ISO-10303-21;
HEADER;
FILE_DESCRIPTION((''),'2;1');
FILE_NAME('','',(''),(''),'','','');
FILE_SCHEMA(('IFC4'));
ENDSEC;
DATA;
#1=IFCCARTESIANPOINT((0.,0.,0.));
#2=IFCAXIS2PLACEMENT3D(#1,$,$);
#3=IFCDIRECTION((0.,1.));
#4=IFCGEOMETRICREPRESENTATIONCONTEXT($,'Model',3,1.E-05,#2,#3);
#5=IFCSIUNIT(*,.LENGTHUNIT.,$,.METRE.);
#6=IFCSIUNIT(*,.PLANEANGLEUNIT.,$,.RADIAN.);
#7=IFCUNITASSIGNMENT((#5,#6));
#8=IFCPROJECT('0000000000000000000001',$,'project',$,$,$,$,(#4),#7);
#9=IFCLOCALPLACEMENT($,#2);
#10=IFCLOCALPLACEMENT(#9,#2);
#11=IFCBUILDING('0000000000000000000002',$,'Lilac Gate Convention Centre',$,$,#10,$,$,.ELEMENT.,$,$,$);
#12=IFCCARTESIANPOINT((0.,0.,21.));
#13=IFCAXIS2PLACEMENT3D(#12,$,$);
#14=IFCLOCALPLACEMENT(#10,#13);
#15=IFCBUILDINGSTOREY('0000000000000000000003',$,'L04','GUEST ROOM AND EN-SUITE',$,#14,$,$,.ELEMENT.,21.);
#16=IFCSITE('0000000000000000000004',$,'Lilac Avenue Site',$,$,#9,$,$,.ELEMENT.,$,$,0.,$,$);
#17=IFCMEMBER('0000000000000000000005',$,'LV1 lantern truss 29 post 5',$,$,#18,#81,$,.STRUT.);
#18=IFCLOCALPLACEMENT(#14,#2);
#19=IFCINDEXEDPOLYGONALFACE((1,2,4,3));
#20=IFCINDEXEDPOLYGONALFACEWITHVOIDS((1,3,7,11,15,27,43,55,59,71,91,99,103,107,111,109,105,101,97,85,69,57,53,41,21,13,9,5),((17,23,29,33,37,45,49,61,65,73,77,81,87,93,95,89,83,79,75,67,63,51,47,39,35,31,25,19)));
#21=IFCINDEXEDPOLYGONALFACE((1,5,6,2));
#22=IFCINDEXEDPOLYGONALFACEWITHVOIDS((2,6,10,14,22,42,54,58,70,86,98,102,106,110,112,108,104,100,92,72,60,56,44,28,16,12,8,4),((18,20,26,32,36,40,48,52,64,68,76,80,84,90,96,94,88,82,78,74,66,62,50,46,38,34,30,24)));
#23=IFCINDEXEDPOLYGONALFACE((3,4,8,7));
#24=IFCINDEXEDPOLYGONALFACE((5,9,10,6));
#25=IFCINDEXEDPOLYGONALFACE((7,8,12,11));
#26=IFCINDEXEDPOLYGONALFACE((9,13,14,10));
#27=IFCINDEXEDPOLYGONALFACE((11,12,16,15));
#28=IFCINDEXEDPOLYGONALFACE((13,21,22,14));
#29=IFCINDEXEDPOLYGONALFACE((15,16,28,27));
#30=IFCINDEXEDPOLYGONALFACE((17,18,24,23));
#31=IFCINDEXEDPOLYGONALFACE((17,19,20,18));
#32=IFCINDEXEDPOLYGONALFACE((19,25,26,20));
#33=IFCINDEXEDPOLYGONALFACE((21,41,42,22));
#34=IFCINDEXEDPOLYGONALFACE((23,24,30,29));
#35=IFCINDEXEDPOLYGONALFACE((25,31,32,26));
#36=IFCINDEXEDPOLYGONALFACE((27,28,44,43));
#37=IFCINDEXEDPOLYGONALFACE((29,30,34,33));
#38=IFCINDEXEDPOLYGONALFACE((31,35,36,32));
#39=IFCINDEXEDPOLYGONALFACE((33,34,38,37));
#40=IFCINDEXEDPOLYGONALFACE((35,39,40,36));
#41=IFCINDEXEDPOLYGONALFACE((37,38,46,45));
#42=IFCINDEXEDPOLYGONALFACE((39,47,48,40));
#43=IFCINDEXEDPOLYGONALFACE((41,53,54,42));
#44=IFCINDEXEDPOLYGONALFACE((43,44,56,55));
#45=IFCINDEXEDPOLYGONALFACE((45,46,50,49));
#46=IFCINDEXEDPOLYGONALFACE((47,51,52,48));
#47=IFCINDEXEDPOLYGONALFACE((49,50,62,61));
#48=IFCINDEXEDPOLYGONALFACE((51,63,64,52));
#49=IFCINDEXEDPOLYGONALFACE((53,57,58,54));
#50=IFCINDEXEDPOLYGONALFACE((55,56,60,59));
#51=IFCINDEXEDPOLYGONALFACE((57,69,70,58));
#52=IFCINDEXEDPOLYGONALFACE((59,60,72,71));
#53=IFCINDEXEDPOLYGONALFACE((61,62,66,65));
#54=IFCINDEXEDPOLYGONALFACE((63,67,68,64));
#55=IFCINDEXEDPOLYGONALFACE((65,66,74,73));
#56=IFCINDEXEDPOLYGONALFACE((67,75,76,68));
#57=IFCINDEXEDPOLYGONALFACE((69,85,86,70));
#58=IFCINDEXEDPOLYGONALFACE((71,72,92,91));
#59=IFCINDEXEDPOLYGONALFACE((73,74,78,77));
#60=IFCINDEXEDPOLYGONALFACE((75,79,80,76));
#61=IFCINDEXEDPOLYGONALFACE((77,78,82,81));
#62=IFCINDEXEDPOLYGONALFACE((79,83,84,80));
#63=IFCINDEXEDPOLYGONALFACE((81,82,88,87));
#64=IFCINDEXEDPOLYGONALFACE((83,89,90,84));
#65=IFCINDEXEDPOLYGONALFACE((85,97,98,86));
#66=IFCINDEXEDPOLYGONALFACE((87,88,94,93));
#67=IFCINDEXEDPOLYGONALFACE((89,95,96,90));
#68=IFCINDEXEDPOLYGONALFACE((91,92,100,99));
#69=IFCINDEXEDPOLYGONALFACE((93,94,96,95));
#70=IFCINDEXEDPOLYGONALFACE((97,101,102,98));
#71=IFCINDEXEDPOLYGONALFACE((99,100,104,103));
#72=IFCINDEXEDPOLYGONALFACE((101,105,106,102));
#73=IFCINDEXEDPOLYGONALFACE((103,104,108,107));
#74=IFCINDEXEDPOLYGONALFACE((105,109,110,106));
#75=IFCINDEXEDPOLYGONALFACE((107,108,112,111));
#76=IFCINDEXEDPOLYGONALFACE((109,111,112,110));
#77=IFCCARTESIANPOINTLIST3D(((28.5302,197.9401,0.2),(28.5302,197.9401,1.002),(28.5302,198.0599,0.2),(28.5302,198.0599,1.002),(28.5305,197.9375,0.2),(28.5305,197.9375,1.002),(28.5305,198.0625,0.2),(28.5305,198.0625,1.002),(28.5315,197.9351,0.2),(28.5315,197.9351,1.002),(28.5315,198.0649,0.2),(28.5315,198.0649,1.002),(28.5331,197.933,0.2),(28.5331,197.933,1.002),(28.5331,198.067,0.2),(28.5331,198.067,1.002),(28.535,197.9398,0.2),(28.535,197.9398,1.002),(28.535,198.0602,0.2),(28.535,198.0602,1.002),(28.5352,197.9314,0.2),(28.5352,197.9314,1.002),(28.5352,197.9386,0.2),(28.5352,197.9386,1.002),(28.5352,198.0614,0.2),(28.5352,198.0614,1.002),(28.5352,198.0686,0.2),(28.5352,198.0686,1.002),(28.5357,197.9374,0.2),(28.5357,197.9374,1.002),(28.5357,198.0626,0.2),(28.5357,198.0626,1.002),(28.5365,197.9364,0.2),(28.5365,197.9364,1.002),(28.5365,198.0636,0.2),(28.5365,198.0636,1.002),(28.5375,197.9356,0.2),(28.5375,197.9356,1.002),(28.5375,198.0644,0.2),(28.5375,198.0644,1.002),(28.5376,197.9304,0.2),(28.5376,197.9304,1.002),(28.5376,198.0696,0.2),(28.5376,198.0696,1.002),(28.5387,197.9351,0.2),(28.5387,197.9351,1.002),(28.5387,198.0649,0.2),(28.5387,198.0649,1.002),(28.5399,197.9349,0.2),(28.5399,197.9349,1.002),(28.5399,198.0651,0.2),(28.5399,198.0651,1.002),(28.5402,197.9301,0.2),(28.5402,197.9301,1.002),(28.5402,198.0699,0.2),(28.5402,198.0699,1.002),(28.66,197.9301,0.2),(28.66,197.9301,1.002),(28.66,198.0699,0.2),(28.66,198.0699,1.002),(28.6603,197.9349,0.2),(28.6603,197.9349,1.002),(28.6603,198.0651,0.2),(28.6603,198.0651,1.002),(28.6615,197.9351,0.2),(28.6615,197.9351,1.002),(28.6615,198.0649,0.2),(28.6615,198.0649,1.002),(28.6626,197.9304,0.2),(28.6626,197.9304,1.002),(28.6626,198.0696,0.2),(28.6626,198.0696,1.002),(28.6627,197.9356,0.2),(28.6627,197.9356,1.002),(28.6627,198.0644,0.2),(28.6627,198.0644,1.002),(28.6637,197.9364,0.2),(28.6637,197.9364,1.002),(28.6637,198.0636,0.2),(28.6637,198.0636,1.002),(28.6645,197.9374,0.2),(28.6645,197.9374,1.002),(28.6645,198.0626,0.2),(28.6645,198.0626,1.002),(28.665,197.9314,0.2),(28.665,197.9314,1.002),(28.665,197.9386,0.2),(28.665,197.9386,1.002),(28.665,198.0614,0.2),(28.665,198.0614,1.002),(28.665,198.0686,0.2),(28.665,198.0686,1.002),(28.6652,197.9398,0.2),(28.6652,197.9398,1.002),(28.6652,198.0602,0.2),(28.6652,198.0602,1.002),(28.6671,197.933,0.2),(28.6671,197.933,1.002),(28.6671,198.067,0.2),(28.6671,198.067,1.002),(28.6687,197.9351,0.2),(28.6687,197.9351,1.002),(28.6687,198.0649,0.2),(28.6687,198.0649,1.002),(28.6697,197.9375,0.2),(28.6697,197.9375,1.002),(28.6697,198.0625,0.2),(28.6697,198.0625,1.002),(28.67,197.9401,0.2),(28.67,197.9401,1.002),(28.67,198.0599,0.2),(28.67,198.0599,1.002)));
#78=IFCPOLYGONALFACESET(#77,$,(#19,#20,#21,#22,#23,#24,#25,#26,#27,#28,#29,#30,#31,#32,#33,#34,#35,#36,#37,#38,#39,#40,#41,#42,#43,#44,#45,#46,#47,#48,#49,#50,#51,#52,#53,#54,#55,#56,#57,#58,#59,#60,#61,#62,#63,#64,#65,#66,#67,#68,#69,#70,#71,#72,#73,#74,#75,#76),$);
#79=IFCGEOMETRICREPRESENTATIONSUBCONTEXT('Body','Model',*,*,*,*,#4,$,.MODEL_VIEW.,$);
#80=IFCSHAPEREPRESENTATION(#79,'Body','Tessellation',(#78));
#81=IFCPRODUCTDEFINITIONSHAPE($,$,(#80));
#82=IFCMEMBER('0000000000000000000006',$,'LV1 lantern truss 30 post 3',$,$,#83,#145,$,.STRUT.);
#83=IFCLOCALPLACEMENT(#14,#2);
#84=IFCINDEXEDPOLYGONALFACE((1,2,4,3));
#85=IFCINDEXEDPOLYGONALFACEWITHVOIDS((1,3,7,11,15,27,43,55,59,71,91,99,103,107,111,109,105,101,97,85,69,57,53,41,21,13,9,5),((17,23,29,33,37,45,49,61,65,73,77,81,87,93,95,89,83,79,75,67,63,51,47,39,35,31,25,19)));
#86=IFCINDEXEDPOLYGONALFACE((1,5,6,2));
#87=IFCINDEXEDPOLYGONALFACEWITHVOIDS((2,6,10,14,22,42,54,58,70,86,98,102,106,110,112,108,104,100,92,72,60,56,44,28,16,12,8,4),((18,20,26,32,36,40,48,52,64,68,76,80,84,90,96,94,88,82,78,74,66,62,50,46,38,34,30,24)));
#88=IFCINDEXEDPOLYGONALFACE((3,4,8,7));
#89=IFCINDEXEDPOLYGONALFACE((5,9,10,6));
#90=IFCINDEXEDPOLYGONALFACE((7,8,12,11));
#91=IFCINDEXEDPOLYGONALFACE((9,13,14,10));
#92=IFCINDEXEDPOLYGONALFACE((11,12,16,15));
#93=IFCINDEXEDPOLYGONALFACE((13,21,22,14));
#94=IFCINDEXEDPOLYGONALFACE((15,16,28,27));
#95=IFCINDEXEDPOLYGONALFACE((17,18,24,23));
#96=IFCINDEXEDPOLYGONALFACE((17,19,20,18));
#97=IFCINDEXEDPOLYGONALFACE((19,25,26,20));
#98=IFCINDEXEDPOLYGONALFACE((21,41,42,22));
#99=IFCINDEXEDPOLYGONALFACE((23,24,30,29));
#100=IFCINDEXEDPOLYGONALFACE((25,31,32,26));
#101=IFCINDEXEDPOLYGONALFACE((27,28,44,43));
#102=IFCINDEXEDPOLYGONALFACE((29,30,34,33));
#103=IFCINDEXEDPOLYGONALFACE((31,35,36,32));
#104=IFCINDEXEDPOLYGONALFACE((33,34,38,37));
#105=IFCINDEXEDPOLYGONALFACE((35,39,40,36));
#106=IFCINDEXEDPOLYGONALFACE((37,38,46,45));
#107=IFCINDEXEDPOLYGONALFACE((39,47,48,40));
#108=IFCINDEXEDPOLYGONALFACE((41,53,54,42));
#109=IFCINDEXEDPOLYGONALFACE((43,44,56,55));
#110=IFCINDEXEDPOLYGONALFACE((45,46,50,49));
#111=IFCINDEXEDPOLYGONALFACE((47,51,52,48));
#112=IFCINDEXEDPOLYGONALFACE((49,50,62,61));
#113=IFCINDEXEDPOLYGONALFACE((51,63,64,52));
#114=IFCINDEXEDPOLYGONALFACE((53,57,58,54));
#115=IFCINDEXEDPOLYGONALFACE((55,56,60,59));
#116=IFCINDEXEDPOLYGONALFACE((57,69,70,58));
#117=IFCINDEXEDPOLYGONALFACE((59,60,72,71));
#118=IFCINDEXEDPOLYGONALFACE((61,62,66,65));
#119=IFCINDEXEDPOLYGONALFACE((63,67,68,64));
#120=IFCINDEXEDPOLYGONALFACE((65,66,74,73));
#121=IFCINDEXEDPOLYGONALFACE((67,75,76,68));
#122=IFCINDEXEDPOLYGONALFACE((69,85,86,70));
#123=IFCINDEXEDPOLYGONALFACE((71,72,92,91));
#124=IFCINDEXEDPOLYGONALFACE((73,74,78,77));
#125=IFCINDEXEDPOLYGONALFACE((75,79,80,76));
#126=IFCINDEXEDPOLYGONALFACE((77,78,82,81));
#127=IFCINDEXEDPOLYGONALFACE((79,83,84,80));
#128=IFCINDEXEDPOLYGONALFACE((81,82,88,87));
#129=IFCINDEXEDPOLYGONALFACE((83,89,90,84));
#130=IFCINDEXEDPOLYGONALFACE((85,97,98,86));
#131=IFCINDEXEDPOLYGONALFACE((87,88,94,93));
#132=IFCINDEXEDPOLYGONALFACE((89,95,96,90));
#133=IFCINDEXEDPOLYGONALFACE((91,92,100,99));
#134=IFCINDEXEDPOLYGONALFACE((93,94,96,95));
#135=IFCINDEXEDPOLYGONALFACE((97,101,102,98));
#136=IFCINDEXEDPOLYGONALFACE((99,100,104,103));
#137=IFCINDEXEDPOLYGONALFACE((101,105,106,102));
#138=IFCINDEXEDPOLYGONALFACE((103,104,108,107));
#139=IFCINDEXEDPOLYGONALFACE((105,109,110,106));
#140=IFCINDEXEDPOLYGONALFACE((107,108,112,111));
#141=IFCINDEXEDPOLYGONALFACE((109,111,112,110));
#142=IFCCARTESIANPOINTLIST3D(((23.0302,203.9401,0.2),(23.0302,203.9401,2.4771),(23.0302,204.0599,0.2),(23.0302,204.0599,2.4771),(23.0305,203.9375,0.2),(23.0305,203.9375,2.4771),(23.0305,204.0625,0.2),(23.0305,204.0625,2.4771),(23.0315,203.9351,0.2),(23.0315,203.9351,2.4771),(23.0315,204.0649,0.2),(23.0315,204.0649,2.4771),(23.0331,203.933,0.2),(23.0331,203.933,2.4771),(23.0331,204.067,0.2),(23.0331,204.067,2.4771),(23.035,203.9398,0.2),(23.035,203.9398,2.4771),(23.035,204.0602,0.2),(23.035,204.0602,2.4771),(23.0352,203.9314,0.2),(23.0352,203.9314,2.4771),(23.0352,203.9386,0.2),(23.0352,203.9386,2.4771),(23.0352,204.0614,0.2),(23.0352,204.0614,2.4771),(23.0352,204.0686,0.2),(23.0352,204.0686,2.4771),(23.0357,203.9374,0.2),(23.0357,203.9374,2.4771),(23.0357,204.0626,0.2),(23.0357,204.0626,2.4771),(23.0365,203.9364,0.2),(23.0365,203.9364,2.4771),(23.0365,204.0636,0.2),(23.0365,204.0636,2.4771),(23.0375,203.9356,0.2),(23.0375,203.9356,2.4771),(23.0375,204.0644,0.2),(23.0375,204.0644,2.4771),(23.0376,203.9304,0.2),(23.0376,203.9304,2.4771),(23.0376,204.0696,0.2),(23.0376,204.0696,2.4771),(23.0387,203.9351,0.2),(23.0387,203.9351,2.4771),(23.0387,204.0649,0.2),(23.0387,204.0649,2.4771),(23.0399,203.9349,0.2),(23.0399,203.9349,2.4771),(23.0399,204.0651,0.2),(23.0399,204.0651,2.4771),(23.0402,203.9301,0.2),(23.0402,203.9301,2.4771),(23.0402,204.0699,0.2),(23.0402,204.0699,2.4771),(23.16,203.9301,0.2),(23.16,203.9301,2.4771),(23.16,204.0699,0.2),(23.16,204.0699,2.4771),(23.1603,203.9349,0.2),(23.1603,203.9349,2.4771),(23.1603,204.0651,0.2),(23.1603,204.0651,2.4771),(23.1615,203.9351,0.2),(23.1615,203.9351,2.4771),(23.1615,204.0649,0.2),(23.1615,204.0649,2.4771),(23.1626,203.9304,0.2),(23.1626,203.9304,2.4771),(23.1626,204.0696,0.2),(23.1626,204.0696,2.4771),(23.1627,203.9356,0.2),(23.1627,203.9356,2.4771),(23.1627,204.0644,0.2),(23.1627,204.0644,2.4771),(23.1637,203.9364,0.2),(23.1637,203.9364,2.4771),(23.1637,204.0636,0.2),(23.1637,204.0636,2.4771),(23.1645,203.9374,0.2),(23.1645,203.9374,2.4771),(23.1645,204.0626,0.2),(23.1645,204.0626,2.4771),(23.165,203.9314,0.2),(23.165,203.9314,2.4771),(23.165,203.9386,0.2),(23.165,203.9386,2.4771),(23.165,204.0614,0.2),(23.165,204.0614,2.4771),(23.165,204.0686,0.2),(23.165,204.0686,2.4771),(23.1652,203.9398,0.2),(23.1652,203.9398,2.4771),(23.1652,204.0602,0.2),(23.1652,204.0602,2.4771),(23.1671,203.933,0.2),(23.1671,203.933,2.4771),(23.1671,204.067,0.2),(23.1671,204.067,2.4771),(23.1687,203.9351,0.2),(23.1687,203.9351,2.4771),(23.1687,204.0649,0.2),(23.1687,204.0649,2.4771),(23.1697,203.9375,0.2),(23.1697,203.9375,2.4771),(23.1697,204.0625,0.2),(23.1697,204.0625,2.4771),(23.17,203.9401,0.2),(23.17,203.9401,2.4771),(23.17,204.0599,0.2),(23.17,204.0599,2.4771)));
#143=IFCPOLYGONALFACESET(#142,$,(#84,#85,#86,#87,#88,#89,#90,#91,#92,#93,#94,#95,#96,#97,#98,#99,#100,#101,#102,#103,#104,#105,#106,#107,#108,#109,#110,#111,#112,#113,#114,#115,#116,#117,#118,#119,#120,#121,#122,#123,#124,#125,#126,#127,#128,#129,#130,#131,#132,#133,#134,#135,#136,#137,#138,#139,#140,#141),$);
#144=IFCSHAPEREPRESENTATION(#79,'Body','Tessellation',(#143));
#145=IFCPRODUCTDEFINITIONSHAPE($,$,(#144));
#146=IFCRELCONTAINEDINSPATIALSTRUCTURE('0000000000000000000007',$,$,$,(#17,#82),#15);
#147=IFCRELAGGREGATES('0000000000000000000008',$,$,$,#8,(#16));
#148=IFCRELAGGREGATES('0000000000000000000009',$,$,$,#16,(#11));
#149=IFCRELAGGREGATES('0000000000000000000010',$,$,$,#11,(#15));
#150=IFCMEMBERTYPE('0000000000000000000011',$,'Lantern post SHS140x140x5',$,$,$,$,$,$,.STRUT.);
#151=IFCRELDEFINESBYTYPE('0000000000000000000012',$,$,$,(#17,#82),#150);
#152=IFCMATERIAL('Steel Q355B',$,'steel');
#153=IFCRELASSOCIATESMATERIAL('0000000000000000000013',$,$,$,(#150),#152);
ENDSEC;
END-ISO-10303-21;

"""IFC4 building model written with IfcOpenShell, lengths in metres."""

from ifc_helpers import new_model, si_unit, direction, frame, origin, origin_2d, place, context, subcontext, project, spatial, hollow_rectangle, extrude, material, material_profile, profile_set, type_object, element, save


model = new_model("IFC4")

# Units and contexts
model_context = context("Model", 3, precision=1e-05, world=origin(), true_north=direction((0.0, 1.0)))
body_context = subcontext(model_context, "Body", "Model", "MODEL_VIEW")
ifc_project = project(units=[si_unit("LENGTHUNIT", "METRE"), si_unit("PLANEANGLEUNIT", "RADIAN")], contexts=[model_context])

# Site, building, storey
site_placement = place(None, origin())
site = spatial("IfcSite", under=ifc_project, at=site_placement, Name="Lilac Avenue Site", CompositionType="ELEMENT", RefElevation=0.0)
building_placement = place(site_placement, origin())
building = spatial("IfcBuilding", under=site, at=building_placement, Name="Lilac Gate Convention Centre", CompositionType="ELEMENT")
storey_placement = place(building_placement, frame((0.0, 0.0, 21.0)))
storey = spatial("IfcBuildingStorey", under=building, at=storey_placement, Name="L04", Description="GUEST ROOM AND EN-SUITE", CompositionType="ELEMENT", Elevation=21.0)

# Members
ifc_material_1 = material(Name="Steel Q355B", Category="steel")
ifc_material_profile_1 = material_profile(ifc_material_1, hollow_rectangle(XDim=0.1399, YDim=0.1399, WallThickness=0.0049, InnerFilletRadius=0.0049, OuterFilletRadius=0.01, at=origin_2d()), Name="SHS140x140x5")
ifc_profile_set_1 = profile_set([ifc_material_profile_1], Name="Steel Q355B")
member_type_1 = type_object("IfcMemberType", Name="Lantern post SHS140x140x5", PredefinedType="STRUT", material=ifc_profile_set_1)
member_1_placement = place(storey_placement, frame((28.6001, 198.0, 0.2), z_axis=(0.0, 0.0, 1.0), x_axis=(1.0, 0.0, 0.0)))
element("IfcMember", 1, at=member_1_placement, inside=storey, type_object=member_type_1, Name="LV1 lantern truss 29 post 5", PredefinedType="STRUT", context=body_context, shape_type="SweptSolid", body=[
    extrude(hollow_rectangle(XDim=0.1399, YDim=0.1399, WallThickness=0.0049, InnerFilletRadius=0.0049, OuterFilletRadius=0.01, at=origin_2d()), origin(), (0.0, 0.0, 1.0), 0.802),
])
member_2_placement = place(storey_placement, frame((23.1001, 204.0, 0.2), z_axis=(0.0, 0.0, 1.0), x_axis=(1.0, 0.0, 0.0)))
element("IfcMember", 2, at=member_2_placement, inside=storey, type_object=member_type_1, Name="LV1 lantern truss 30 post 3", PredefinedType="STRUT", context=body_context, shape_type="SweptSolid", body=[
    extrude(hollow_rectangle(XDim=0.1399, YDim=0.1399, WallThickness=0.0049, InnerFilletRadius=0.0049, OuterFilletRadius=0.01, at=origin_2d()), origin(), (0.0, 0.0, 1.0), 2.2771),
])

save(model, "model.ifc")
